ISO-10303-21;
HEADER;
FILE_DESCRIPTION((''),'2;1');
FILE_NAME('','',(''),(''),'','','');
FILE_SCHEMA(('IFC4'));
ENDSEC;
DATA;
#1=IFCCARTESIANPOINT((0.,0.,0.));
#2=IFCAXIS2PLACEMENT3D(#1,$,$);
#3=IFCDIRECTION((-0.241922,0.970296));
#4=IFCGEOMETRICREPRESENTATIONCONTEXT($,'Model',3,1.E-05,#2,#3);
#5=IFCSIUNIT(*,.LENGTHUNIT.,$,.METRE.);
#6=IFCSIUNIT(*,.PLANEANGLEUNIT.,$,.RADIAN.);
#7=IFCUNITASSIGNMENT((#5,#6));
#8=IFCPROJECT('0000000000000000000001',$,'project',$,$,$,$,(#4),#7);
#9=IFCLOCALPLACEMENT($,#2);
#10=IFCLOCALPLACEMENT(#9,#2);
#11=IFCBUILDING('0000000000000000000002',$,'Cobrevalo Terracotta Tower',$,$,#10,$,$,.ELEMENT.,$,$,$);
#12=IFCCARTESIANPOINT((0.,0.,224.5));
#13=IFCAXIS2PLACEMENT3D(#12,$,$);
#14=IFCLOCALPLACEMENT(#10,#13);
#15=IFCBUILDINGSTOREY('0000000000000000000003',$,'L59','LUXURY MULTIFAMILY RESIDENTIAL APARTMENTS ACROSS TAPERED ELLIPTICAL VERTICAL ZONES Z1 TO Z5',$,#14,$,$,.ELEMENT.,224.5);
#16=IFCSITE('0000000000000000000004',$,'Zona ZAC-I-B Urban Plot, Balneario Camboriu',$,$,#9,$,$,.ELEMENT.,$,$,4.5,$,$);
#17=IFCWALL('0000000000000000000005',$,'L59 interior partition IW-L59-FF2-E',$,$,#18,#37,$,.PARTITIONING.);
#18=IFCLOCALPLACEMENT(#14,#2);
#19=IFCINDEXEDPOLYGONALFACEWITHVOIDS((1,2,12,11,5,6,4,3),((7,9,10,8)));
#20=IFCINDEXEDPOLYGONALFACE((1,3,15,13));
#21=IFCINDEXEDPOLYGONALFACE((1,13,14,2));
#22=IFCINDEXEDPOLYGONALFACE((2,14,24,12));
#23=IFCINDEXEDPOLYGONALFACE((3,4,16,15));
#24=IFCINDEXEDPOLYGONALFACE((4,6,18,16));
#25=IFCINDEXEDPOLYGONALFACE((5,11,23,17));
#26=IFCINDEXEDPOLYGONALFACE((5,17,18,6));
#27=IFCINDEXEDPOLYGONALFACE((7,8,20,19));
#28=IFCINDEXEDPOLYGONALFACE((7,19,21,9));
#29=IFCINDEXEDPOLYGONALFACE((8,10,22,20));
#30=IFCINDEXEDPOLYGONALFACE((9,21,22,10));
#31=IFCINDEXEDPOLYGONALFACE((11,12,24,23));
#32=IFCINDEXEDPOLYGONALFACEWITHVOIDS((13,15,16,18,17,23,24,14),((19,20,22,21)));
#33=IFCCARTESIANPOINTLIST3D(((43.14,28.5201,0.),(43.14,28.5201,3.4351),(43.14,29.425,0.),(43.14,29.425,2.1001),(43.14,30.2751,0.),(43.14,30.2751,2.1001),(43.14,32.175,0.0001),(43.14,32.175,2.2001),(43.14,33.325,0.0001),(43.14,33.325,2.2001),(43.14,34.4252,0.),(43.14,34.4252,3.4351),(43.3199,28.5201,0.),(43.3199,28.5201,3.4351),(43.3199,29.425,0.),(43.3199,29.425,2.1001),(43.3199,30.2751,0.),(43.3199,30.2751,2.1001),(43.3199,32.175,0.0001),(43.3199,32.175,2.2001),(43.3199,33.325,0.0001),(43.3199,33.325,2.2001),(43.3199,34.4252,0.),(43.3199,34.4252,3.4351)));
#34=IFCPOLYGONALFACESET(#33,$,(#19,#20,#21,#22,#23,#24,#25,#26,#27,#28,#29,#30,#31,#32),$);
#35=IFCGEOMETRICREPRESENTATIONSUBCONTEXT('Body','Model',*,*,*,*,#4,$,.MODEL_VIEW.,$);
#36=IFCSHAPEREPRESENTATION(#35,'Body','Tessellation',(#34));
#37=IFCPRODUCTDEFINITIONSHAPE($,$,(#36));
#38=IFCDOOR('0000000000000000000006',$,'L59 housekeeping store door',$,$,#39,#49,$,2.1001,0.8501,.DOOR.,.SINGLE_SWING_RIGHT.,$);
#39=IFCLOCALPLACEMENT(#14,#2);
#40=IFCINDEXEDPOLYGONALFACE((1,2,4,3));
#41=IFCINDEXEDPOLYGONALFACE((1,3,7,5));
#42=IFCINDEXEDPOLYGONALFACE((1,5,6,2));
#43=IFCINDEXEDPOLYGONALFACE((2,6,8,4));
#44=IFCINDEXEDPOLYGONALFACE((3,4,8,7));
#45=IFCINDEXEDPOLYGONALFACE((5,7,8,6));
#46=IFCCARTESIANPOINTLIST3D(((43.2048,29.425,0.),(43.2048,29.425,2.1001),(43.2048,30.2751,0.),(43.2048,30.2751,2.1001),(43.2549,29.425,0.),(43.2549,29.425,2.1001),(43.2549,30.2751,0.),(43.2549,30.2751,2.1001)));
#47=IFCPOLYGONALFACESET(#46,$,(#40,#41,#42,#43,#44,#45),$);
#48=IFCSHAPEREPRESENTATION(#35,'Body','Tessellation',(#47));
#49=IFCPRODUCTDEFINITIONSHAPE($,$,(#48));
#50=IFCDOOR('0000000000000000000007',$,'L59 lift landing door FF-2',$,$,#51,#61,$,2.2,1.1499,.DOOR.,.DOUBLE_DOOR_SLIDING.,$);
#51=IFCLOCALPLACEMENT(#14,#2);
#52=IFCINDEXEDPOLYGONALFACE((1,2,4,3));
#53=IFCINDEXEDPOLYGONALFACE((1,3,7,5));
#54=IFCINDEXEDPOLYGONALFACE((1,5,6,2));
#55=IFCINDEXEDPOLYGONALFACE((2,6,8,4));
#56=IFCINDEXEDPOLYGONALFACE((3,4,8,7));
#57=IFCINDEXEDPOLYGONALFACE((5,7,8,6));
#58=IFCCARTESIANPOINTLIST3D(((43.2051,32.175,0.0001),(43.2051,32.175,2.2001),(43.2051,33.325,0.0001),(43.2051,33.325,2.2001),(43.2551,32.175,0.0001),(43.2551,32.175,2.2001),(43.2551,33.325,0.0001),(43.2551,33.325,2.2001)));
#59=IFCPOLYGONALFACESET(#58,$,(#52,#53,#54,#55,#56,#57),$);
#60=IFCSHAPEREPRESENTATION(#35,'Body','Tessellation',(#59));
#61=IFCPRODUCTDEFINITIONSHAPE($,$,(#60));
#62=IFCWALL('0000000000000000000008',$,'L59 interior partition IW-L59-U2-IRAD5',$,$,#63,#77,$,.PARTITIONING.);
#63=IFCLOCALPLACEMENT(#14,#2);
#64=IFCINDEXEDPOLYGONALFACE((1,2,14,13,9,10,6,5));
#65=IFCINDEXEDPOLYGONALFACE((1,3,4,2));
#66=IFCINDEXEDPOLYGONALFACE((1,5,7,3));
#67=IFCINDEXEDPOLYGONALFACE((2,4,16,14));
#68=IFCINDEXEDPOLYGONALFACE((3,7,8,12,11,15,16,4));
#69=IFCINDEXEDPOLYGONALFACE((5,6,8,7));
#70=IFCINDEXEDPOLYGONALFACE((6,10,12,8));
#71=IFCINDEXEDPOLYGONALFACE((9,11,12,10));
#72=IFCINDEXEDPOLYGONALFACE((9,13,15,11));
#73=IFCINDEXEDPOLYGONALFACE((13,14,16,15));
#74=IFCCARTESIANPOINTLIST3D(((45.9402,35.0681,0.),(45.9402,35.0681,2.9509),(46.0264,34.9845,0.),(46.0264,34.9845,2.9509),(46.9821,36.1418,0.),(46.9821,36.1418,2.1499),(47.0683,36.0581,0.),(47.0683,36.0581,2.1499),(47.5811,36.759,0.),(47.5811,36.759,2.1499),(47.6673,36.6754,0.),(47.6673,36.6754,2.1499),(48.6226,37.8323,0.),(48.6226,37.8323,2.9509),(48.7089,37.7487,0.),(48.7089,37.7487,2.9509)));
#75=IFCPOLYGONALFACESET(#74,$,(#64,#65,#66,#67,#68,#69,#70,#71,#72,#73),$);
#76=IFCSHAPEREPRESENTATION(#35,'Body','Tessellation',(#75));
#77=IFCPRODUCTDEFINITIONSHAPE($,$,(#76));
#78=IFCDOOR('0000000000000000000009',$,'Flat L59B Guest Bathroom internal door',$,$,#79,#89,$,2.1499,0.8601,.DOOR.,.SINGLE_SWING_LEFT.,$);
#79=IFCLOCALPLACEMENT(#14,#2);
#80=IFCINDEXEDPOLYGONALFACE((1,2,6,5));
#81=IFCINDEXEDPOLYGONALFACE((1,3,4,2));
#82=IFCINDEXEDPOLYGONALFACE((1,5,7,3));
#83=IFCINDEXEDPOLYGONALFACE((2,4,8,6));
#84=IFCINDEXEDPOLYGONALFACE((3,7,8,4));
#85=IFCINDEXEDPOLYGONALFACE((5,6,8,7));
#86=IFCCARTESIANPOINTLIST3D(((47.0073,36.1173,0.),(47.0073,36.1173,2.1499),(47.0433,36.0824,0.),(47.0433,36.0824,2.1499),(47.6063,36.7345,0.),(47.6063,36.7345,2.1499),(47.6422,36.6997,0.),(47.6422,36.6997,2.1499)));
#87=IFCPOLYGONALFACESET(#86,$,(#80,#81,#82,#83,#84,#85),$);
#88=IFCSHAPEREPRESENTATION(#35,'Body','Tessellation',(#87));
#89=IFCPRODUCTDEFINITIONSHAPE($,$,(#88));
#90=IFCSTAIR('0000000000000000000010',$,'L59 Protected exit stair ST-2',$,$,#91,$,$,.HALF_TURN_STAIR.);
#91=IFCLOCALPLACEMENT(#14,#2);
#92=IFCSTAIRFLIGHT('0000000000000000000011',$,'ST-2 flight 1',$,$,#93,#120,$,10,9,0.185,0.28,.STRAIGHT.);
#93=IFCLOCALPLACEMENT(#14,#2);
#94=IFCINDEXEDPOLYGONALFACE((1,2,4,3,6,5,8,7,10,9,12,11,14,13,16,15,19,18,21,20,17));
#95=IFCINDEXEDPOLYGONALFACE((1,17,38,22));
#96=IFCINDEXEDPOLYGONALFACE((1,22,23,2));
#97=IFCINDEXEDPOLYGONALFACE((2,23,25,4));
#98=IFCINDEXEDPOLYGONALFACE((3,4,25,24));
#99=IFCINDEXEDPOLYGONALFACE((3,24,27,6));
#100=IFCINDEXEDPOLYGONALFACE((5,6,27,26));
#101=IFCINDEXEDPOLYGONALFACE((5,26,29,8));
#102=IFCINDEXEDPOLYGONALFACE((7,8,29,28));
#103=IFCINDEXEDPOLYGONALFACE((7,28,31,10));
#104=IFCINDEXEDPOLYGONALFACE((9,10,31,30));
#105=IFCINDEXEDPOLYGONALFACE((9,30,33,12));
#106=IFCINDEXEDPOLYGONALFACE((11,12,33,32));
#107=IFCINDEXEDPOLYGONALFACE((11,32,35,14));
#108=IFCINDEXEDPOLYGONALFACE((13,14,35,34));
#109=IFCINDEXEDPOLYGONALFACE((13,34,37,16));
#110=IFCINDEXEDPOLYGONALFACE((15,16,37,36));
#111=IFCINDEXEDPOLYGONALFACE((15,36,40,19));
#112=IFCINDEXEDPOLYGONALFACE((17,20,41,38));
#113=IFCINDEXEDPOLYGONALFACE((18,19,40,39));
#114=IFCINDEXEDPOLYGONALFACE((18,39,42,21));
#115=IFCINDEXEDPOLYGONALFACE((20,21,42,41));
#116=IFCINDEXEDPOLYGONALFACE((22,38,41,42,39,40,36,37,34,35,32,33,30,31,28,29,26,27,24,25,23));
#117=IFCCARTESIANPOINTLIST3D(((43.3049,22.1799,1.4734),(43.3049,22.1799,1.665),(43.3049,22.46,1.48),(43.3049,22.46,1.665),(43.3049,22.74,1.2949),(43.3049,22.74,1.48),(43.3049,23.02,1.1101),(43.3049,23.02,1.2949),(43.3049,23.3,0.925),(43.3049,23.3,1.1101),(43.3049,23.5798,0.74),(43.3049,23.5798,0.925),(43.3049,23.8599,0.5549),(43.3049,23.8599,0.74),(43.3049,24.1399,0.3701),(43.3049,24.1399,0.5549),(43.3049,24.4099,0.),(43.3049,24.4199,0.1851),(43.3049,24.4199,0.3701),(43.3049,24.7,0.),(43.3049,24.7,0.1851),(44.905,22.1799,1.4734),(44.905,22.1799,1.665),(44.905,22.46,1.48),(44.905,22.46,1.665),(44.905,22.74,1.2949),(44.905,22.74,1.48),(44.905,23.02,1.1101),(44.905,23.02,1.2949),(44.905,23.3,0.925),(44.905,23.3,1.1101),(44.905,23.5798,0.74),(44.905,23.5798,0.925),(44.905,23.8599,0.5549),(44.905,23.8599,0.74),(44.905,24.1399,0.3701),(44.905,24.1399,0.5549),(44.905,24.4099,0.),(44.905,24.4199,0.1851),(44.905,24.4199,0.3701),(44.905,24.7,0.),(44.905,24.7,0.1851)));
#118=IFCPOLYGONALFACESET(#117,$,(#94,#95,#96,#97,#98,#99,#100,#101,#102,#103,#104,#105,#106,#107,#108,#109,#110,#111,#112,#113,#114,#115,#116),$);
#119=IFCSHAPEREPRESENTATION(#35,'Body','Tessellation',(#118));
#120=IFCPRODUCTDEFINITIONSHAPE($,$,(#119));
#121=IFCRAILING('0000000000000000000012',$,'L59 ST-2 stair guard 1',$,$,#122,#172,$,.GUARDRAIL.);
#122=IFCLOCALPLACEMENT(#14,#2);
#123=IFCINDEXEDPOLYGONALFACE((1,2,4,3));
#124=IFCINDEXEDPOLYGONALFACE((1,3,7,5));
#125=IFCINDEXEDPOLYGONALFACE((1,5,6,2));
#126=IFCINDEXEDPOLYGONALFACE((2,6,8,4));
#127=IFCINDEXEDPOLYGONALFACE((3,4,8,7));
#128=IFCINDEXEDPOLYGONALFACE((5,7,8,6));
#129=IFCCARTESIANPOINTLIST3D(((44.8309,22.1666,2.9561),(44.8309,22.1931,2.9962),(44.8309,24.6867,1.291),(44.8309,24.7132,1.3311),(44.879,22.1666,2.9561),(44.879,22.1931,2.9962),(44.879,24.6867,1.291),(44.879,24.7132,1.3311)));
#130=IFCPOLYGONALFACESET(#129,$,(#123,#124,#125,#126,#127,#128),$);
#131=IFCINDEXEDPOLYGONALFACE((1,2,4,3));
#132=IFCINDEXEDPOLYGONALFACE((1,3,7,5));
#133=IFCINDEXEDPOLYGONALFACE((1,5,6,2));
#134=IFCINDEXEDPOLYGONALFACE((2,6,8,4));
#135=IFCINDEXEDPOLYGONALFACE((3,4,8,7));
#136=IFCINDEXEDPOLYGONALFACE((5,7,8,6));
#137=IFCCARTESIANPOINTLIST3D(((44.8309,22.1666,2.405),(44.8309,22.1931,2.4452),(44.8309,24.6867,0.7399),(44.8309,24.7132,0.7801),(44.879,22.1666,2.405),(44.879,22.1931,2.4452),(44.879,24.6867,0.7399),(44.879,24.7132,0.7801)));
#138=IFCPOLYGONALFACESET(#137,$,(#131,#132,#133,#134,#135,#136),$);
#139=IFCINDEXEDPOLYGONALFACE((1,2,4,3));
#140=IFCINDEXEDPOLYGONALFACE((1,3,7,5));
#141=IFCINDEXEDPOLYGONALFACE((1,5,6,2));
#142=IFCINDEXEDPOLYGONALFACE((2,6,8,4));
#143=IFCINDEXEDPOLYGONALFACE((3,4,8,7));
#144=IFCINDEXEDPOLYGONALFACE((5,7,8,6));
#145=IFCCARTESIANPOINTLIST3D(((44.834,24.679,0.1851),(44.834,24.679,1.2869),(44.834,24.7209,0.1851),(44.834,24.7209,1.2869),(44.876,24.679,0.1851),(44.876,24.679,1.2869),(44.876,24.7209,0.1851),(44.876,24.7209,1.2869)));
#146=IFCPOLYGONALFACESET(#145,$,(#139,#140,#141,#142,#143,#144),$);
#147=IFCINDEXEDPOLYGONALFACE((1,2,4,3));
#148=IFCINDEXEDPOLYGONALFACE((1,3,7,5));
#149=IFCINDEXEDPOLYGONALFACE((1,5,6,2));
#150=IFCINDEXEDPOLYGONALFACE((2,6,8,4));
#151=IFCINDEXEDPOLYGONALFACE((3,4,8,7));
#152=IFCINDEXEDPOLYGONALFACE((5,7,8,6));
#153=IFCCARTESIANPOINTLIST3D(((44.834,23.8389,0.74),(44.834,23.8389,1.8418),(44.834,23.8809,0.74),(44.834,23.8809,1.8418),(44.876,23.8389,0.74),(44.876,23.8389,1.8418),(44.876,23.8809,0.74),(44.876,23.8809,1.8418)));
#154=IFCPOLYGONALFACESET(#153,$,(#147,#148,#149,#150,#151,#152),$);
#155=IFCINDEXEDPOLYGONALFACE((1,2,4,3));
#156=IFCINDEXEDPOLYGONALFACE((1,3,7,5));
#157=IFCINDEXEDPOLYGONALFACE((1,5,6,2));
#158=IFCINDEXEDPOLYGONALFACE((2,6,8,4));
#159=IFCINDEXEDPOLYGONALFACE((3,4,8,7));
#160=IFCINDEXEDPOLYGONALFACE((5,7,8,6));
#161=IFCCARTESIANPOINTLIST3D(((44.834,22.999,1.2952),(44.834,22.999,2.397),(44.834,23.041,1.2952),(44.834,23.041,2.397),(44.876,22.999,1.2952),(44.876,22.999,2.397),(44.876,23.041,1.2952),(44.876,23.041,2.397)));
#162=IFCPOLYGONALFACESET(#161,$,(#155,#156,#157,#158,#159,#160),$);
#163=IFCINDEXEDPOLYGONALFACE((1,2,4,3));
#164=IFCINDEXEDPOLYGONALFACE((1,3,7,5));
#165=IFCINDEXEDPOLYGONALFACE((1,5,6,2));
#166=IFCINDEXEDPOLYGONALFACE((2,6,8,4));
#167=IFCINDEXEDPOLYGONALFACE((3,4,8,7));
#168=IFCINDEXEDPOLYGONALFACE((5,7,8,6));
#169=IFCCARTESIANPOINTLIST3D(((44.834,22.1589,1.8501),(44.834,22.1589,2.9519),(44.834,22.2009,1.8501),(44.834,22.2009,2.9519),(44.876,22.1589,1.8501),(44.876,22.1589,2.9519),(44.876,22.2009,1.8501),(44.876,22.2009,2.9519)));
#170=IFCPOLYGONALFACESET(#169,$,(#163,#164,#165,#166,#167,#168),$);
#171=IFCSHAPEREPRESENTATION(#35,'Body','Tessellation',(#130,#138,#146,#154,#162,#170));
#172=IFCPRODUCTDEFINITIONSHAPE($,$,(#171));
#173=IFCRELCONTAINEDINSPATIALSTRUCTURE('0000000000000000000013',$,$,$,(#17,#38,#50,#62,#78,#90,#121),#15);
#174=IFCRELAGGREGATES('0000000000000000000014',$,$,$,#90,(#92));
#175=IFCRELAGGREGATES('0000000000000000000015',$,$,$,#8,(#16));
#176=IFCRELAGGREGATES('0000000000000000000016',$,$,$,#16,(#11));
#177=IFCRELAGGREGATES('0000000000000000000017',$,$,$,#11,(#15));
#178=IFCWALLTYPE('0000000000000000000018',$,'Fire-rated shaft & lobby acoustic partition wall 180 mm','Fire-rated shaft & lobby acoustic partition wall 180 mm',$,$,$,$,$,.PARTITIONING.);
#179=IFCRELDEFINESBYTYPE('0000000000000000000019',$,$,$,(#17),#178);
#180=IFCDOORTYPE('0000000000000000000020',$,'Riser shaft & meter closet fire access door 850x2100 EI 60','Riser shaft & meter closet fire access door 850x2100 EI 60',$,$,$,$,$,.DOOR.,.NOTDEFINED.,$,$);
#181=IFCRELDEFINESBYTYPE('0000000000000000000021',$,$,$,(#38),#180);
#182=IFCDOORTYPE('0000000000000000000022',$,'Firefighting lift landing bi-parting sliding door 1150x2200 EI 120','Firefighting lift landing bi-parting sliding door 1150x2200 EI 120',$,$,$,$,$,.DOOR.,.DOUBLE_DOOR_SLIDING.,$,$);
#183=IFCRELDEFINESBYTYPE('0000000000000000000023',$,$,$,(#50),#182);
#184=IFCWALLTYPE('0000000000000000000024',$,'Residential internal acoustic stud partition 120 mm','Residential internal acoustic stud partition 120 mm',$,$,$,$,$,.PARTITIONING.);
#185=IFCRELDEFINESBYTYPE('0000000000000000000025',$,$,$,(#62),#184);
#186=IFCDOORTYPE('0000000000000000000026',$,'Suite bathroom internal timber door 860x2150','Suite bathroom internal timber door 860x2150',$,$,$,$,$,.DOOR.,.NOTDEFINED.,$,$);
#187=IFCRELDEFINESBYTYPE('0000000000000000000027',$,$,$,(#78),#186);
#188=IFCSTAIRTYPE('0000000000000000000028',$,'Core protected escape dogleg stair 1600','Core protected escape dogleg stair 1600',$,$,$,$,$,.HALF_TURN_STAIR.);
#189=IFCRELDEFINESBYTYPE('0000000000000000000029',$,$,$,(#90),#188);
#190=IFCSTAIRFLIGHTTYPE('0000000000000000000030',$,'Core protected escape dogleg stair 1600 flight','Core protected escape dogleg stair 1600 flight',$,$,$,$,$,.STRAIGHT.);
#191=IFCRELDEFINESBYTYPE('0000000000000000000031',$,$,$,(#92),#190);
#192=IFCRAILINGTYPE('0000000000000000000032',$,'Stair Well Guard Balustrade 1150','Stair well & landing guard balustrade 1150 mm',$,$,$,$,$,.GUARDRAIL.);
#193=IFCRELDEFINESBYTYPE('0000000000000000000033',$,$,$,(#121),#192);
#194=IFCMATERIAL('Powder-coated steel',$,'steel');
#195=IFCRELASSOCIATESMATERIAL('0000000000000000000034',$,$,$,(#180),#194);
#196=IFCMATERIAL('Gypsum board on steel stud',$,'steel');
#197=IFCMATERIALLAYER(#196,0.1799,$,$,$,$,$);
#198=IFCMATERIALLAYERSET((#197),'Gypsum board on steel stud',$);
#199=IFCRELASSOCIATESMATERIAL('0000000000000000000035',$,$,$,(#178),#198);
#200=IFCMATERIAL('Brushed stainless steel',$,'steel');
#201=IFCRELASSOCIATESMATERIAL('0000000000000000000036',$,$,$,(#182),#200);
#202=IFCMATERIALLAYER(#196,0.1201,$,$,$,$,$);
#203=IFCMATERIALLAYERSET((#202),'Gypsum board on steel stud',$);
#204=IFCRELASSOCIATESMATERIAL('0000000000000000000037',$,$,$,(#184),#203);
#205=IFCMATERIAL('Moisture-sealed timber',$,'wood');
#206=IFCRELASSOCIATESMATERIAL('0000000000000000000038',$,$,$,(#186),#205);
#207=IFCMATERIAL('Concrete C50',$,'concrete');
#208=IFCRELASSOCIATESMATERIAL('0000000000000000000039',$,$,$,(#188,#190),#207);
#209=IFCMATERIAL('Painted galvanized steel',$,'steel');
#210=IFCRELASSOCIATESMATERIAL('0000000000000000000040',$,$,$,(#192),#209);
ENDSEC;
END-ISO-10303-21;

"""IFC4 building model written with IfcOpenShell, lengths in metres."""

from ifc_helpers import new_model, si_unit, direction, frame, frame_2d, origin, origin_2d, place, context, subcontext, project, spatial, polyline, rectangle, outline, extrude, source, transform, mapped, material, layer, layer_set, type_object, element, fill, aggregate, save


model = new_model("IFC4")

# Units and contexts
model_context = context("Model", 3, precision=1e-05, world=origin(), true_north=direction((-0.241922, 0.970296)))
body_context = subcontext(model_context, "Body", "Model", "MODEL_VIEW")
ifc_project = project(units=[si_unit("LENGTHUNIT", "METRE"), si_unit("PLANEANGLEUNIT", "RADIAN")], contexts=[model_context])

# Site, building, storey
site_placement = place(None, origin())
site = spatial("IfcSite", under=ifc_project, at=site_placement, Name="Zona ZAC-I-B Urban Plot, Balneario Camboriu", CompositionType="ELEMENT", RefElevation=4.5)
building_placement = place(site_placement, origin())
building = spatial("IfcBuilding", under=site, at=building_placement, Name="Cobrevalo Terracotta Tower", CompositionType="ELEMENT")
storey_placement = place(building_placement, frame((0.0, 0.0, 224.5)))
storey = spatial("IfcBuildingStorey", under=building, at=storey_placement, Name="L59", Description="LUXURY MULTIFAMILY RESIDENTIAL APARTMENTS ACROSS TAPERED ELLIPTICAL VERTICAL ZONES Z1 TO Z5", CompositionType="ELEMENT", Elevation=224.5)

# Shared definitions
ifc_material_1 = material(Name="Concrete C50", Category="concrete")

# Shared definitions
ifc_material_2 = material(Name="Gypsum board on steel stud", Category="steel")

# Shared definitions
ifc_material_3 = material(Name="Powder-coated steel", Category="steel")
door_type_1 = type_object("IfcDoorType", Name="Riser shaft & meter closet fire access door 850x2100 EI 60", Description="Riser shaft & meter closet fire access door 850x2100 EI 60", OperationType="NOTDEFINED", PredefinedType="DOOR", material=ifc_material_3)
shared_shape_1 = source(origin(), body_context, "Body", "SweptSolid", [
    extrude(rectangle(XDim=0.8501, YDim=2.1001, at=frame_2d((0.425, 1.05))), frame((0.0, 0.0249, 0.0), z_axis=(0.0, -1.0, 0.0), x_axis=(1.0, 0.0, 0.0)), (0.0, 0.0, 1.0), 0.05),
])

# Shared definitions
ifc_material_4 = material(Name="Brushed stainless steel", Category="steel")

# Shared definitions
ifc_layer_1 = layer(ifc_material_2, 0.1799)
ifc_layer_set_1 = layer_set([ifc_layer_1], Name="Gypsum board on steel stud")
wall_type_1 = type_object("IfcWallType", Name="Fire-rated shaft & lobby acoustic partition wall 180 mm", Description="Fire-rated shaft & lobby acoustic partition wall 180 mm", PredefinedType="PARTITIONING", material=ifc_layer_set_1)

# Wall, openings, doors
wall_1_placement = place(storey_placement, frame((43.23, 28.52, 0.0), z_axis=(0.0, 0.0, 1.0), x_axis=(0.0, 1.0, 0.0)))
wall_1 = element("IfcWall", 1, at=wall_1_placement, inside=storey, type_object=wall_type_1, Name="L59 interior partition IW-L59-FF2-E", PredefinedType="PARTITIONING", context=body_context, shape_type="SweptSolid", body=[
    extrude(rectangle(XDim=5.905, YDim=0.1799, at=frame_2d((2.9526, 0.0))), origin(), (0.0, 0.0, 1.0), 3.4351),
])
opening_1_placement = place(wall_1_placement, frame((0.905, 0.0, 0.0)))
opening_1 = element("IfcOpeningElement", 2, at=opening_1_placement, cuts=wall_1, PredefinedType="OPENING", context=body_context, shape_type="SweptSolid", body=[
    extrude(rectangle(XDim=0.8501, YDim=2.1001, at=frame_2d((0.425, 1.05))), frame((0.0, 0.1001, 0.0), z_axis=(0.0, -1.0, 0.0), x_axis=(1.0, 0.0, 0.0)), (0.0, 0.0, 1.0), 0.2),
])
opening_2_placement = place(wall_1_placement, frame((3.655, 0.0, 0.0)))
opening_2 = element("IfcOpeningElement", 3, at=opening_2_placement, cuts=wall_1, PredefinedType="OPENING", context=body_context, shape_type="SweptSolid", body=[
    extrude(rectangle(XDim=1.1499, YDim=2.2, at=frame_2d((0.575, 1.1001))), frame((0.0, 0.1001, 0.0), z_axis=(0.0, -1.0, 0.0), x_axis=(1.0, 0.0, 0.0)), (0.0, 0.0, 1.0), 0.2),
])
door_1_placement = place(opening_1_placement, frame((0.8501, 0.0, 0.0), z_axis=(0.0, 0.0, 1.0), x_axis=(-1.0, 0.0, 0.0)))
door_1 = element("IfcDoor", 4, at=door_1_placement, inside=storey, type_object=door_type_1, Name="L59 housekeeping store door", OperationType="SINGLE_SWING_RIGHT", OverallHeight=2.1001, OverallWidth=0.8501, PredefinedType="DOOR", context=body_context, shape_type="MappedRepresentation", body=[
    mapped(shared_shape_1, transform((0.0, 0.0, 0.0), scale=1.0)),
])
fill(opening_1, door_1)
door_type_2 = type_object("IfcDoorType", Name="Firefighting lift landing bi-parting sliding door 1150x2200 EI 120", Description="Firefighting lift landing bi-parting sliding door 1150x2200 EI 120", OperationType="DOUBLE_DOOR_SLIDING", PredefinedType="DOOR", material=ifc_material_4)
shared_shape_2 = source(origin(), body_context, "Body", "SweptSolid", [
    extrude(rectangle(XDim=1.1499, YDim=2.2, at=frame_2d((0.575, 1.1001))), frame((0.0, 0.0249, 0.0), z_axis=(0.0, -1.0, 0.0), x_axis=(1.0, 0.0, 0.0)), (0.0, 0.0, 1.0), 0.05),
])
door_2_placement = place(opening_2_placement, origin())
door_2 = element("IfcDoor", 5, at=door_2_placement, inside=storey, type_object=door_type_2, Name="L59 lift landing door FF-2", OperationType="DOUBLE_DOOR_SLIDING", OverallHeight=2.2, OverallWidth=1.1499, PredefinedType="DOOR", context=body_context, shape_type="MappedRepresentation", body=[
    mapped(shared_shape_2, transform((0.0, 0.0, 0.0), scale=1.0)),
])
fill(opening_2, door_2)

# Wall, opening, door
ifc_layer_2 = layer(ifc_material_2, 0.1201)
ifc_layer_set_2 = layer_set([ifc_layer_2], Name="Gypsum board on steel stud")
wall_type_2 = type_object("IfcWallType", Name="Residential internal acoustic stud partition 120 mm", Description="Residential internal acoustic stud partition 120 mm", PredefinedType="PARTITIONING", material=ifc_layer_set_2)
ifc_material_5 = material(Name="Moisture-sealed timber", Category="wood")
door_type_3 = type_object("IfcDoorType", Name="Suite bathroom internal timber door 860x2150", Description="Suite bathroom internal timber door 860x2150", OperationType="NOTDEFINED", PredefinedType="DOOR", material=ifc_material_5)
shared_shape_3 = source(origin(), body_context, "Body", "SweptSolid", [
    extrude(rectangle(XDim=0.8601, YDim=2.1499, at=frame_2d((0.4302, 1.075))), frame((0.0, 0.0249, 0.0), z_axis=(0.0, -1.0, 0.0), x_axis=(1.0, 0.0, 0.0)), (0.0, 0.0, 1.0), 0.05),
])
wall_2_placement = place(storey_placement, frame((45.9834, 35.0264, 0.0), z_axis=(0.0, 0.0, 1.0), x_axis=(0.69641, 0.717644, 0.0)))
wall_2 = element("IfcWall", 6, at=wall_2_placement, inside=storey, type_object=wall_type_2, Name="L59 interior partition IW-L59-U2-IRAD5", PredefinedType="PARTITIONING", context=body_context, shape_type="SweptSolid", body=[
    extrude(rectangle(XDim=3.8518, YDim=0.1201, at=frame_2d((1.9258, 0.0))), origin(), (0.0, 0.0, 1.0), 2.9509),
])
opening_3_placement = place(wall_2_placement, frame((1.4958, 0.0, 0.0)))
opening_3 = element("IfcOpeningElement", 7, at=opening_3_placement, cuts=wall_2, PredefinedType="OPENING", context=body_context, shape_type="SweptSolid", body=[
    extrude(rectangle(XDim=0.8601, YDim=2.1499, at=frame_2d((0.4302, 1.075))), frame((0.0, 0.0701, 0.0), z_axis=(0.0, -1.0, 0.0), x_axis=(1.0, 0.0, 0.0)), (0.0, 0.0, 1.0), 0.1401),
])
door_3_placement = place(opening_3_placement, origin())
door_3 = element("IfcDoor", 8, at=door_3_placement, inside=storey, type_object=door_type_3, Name="Flat L59B Guest Bathroom internal door", OperationType="SINGLE_SWING_LEFT", OverallHeight=2.1499, OverallWidth=0.8601, PredefinedType="DOOR", context=body_context, shape_type="MappedRepresentation", body=[
    mapped(shared_shape_3, transform((0.0, 0.0, 0.0), scale=1.0)),
])
fill(opening_3, door_3)

# Stair, stair flight
stair_type = type_object("IfcStairType", Name="Core protected escape dogleg stair 1600", Description="Core protected escape dogleg stair 1600", PredefinedType="HALF_TURN_STAIR", material=ifc_material_1)
stair_placement = place(storey_placement, origin())
stair = element("IfcStair", 9, at=stair_placement, inside=storey, type_object=stair_type, Name="L59 Protected exit stair ST-2", PredefinedType="HALF_TURN_STAIR")
stair_flight_type = type_object("IfcStairFlightType", Name="Core protected escape dogleg stair 1600 flight", Description="Core protected escape dogleg stair 1600 flight", PredefinedType="STRAIGHT", material=ifc_material_1)
stair_flight_placement = place(storey_placement, frame((44.105, 24.7, 0.0), z_axis=(0.0, 0.0, 1.0), x_axis=(0.0, -1.0, 0.0)))
stair_flight = element("IfcStairFlight", 10, at=stair_flight_placement, type_object=stair_flight_type, Name="ST-2 flight 1", NumberOfRisers=10, NumberOfTreads=9, PredefinedType="STRAIGHT", RiserHeight=0.185, TreadLength=0.28, context=body_context, shape_type="SweptSolid", body=[
    extrude(outline(polyline([(0.0, 0.0), (0.0, 0.1851), (0.28, 0.1851), (0.28, 0.3701), (0.5601, 0.3701), (0.5601, 0.5549), (0.8401, 0.5549), (0.8401, 0.74), (1.1201, 0.74), (1.1201, 0.925), (1.3999, 0.925), (1.3999, 1.1101), (1.6799, 1.1101), (1.6799, 1.2949), (1.96, 1.2949), (1.96, 1.48), (2.24, 1.48), (2.24, 1.665), (2.52, 1.665), (2.52, 1.8501), (2.52, 1.4734), (0.29, 0.0), (0.0, 0.0)])), frame((0.0, 0.8, 0.0), z_axis=(0.0, -1.0, 0.0), x_axis=(1.0, 0.0, 0.0)), (0.0, 0.0, 1.0), 1.6001),
])
aggregate(stair, [stair_flight])

# Railing
ifc_material_6 = material(Name="Painted galvanized steel", Category="steel")
railing_type = type_object("IfcRailingType", Name="Stair Well Guard Balustrade 1150", Description="Stair well & landing guard balustrade 1150 mm", PredefinedType="GUARDRAIL", material=ifc_material_6)
railing_1_placement = place(storey_placement, frame((44.855, 24.7, 0.1851)))
element("IfcRailing", 11, at=railing_1_placement, inside=storey, type_object=railing_type, Name="L59 ST-2 stair guard 1", PredefinedType="GUARDRAIL", context=body_context, shape_type="SweptSolid", body=[
    extrude(rectangle(XDim=0.0481, YDim=0.0481, at=origin_2d()), frame((0.0, 0.0, 1.126), z_axis=(0.0, -0.834331, 0.551263), x_axis=(1.0, 0.0, 0.0)), (0.0, 0.0, 1.0), 3.0205),
    extrude(rectangle(XDim=0.0481, YDim=0.0481, at=origin_2d()), frame((0.0, 0.0, 0.575), z_axis=(0.0, -0.834331, 0.551263), x_axis=(1.0, 0.0, 0.0)), (0.0, 0.0, 1.0), 3.0205),
    extrude(rectangle(XDim=0.042, YDim=0.042, at=origin_2d()), origin(), (0.0, 0.0, 1.0), 1.1018),
    extrude(rectangle(XDim=0.042, YDim=0.042, at=origin_2d()), frame((0.0, -0.8401, 0.5549)), (0.0, 0.0, 1.0), 1.1018),
    extrude(rectangle(XDim=0.042, YDim=0.042, at=origin_2d()), frame((0.0, -1.6799, 1.1101)), (0.0, 0.0, 1.0), 1.1018),
    extrude(rectangle(XDim=0.042, YDim=0.042, at=origin_2d()), frame((0.0, -2.52, 1.665)), (0.0, 0.0, 1.0), 1.1018),
])

save(model, "model.ifc")
